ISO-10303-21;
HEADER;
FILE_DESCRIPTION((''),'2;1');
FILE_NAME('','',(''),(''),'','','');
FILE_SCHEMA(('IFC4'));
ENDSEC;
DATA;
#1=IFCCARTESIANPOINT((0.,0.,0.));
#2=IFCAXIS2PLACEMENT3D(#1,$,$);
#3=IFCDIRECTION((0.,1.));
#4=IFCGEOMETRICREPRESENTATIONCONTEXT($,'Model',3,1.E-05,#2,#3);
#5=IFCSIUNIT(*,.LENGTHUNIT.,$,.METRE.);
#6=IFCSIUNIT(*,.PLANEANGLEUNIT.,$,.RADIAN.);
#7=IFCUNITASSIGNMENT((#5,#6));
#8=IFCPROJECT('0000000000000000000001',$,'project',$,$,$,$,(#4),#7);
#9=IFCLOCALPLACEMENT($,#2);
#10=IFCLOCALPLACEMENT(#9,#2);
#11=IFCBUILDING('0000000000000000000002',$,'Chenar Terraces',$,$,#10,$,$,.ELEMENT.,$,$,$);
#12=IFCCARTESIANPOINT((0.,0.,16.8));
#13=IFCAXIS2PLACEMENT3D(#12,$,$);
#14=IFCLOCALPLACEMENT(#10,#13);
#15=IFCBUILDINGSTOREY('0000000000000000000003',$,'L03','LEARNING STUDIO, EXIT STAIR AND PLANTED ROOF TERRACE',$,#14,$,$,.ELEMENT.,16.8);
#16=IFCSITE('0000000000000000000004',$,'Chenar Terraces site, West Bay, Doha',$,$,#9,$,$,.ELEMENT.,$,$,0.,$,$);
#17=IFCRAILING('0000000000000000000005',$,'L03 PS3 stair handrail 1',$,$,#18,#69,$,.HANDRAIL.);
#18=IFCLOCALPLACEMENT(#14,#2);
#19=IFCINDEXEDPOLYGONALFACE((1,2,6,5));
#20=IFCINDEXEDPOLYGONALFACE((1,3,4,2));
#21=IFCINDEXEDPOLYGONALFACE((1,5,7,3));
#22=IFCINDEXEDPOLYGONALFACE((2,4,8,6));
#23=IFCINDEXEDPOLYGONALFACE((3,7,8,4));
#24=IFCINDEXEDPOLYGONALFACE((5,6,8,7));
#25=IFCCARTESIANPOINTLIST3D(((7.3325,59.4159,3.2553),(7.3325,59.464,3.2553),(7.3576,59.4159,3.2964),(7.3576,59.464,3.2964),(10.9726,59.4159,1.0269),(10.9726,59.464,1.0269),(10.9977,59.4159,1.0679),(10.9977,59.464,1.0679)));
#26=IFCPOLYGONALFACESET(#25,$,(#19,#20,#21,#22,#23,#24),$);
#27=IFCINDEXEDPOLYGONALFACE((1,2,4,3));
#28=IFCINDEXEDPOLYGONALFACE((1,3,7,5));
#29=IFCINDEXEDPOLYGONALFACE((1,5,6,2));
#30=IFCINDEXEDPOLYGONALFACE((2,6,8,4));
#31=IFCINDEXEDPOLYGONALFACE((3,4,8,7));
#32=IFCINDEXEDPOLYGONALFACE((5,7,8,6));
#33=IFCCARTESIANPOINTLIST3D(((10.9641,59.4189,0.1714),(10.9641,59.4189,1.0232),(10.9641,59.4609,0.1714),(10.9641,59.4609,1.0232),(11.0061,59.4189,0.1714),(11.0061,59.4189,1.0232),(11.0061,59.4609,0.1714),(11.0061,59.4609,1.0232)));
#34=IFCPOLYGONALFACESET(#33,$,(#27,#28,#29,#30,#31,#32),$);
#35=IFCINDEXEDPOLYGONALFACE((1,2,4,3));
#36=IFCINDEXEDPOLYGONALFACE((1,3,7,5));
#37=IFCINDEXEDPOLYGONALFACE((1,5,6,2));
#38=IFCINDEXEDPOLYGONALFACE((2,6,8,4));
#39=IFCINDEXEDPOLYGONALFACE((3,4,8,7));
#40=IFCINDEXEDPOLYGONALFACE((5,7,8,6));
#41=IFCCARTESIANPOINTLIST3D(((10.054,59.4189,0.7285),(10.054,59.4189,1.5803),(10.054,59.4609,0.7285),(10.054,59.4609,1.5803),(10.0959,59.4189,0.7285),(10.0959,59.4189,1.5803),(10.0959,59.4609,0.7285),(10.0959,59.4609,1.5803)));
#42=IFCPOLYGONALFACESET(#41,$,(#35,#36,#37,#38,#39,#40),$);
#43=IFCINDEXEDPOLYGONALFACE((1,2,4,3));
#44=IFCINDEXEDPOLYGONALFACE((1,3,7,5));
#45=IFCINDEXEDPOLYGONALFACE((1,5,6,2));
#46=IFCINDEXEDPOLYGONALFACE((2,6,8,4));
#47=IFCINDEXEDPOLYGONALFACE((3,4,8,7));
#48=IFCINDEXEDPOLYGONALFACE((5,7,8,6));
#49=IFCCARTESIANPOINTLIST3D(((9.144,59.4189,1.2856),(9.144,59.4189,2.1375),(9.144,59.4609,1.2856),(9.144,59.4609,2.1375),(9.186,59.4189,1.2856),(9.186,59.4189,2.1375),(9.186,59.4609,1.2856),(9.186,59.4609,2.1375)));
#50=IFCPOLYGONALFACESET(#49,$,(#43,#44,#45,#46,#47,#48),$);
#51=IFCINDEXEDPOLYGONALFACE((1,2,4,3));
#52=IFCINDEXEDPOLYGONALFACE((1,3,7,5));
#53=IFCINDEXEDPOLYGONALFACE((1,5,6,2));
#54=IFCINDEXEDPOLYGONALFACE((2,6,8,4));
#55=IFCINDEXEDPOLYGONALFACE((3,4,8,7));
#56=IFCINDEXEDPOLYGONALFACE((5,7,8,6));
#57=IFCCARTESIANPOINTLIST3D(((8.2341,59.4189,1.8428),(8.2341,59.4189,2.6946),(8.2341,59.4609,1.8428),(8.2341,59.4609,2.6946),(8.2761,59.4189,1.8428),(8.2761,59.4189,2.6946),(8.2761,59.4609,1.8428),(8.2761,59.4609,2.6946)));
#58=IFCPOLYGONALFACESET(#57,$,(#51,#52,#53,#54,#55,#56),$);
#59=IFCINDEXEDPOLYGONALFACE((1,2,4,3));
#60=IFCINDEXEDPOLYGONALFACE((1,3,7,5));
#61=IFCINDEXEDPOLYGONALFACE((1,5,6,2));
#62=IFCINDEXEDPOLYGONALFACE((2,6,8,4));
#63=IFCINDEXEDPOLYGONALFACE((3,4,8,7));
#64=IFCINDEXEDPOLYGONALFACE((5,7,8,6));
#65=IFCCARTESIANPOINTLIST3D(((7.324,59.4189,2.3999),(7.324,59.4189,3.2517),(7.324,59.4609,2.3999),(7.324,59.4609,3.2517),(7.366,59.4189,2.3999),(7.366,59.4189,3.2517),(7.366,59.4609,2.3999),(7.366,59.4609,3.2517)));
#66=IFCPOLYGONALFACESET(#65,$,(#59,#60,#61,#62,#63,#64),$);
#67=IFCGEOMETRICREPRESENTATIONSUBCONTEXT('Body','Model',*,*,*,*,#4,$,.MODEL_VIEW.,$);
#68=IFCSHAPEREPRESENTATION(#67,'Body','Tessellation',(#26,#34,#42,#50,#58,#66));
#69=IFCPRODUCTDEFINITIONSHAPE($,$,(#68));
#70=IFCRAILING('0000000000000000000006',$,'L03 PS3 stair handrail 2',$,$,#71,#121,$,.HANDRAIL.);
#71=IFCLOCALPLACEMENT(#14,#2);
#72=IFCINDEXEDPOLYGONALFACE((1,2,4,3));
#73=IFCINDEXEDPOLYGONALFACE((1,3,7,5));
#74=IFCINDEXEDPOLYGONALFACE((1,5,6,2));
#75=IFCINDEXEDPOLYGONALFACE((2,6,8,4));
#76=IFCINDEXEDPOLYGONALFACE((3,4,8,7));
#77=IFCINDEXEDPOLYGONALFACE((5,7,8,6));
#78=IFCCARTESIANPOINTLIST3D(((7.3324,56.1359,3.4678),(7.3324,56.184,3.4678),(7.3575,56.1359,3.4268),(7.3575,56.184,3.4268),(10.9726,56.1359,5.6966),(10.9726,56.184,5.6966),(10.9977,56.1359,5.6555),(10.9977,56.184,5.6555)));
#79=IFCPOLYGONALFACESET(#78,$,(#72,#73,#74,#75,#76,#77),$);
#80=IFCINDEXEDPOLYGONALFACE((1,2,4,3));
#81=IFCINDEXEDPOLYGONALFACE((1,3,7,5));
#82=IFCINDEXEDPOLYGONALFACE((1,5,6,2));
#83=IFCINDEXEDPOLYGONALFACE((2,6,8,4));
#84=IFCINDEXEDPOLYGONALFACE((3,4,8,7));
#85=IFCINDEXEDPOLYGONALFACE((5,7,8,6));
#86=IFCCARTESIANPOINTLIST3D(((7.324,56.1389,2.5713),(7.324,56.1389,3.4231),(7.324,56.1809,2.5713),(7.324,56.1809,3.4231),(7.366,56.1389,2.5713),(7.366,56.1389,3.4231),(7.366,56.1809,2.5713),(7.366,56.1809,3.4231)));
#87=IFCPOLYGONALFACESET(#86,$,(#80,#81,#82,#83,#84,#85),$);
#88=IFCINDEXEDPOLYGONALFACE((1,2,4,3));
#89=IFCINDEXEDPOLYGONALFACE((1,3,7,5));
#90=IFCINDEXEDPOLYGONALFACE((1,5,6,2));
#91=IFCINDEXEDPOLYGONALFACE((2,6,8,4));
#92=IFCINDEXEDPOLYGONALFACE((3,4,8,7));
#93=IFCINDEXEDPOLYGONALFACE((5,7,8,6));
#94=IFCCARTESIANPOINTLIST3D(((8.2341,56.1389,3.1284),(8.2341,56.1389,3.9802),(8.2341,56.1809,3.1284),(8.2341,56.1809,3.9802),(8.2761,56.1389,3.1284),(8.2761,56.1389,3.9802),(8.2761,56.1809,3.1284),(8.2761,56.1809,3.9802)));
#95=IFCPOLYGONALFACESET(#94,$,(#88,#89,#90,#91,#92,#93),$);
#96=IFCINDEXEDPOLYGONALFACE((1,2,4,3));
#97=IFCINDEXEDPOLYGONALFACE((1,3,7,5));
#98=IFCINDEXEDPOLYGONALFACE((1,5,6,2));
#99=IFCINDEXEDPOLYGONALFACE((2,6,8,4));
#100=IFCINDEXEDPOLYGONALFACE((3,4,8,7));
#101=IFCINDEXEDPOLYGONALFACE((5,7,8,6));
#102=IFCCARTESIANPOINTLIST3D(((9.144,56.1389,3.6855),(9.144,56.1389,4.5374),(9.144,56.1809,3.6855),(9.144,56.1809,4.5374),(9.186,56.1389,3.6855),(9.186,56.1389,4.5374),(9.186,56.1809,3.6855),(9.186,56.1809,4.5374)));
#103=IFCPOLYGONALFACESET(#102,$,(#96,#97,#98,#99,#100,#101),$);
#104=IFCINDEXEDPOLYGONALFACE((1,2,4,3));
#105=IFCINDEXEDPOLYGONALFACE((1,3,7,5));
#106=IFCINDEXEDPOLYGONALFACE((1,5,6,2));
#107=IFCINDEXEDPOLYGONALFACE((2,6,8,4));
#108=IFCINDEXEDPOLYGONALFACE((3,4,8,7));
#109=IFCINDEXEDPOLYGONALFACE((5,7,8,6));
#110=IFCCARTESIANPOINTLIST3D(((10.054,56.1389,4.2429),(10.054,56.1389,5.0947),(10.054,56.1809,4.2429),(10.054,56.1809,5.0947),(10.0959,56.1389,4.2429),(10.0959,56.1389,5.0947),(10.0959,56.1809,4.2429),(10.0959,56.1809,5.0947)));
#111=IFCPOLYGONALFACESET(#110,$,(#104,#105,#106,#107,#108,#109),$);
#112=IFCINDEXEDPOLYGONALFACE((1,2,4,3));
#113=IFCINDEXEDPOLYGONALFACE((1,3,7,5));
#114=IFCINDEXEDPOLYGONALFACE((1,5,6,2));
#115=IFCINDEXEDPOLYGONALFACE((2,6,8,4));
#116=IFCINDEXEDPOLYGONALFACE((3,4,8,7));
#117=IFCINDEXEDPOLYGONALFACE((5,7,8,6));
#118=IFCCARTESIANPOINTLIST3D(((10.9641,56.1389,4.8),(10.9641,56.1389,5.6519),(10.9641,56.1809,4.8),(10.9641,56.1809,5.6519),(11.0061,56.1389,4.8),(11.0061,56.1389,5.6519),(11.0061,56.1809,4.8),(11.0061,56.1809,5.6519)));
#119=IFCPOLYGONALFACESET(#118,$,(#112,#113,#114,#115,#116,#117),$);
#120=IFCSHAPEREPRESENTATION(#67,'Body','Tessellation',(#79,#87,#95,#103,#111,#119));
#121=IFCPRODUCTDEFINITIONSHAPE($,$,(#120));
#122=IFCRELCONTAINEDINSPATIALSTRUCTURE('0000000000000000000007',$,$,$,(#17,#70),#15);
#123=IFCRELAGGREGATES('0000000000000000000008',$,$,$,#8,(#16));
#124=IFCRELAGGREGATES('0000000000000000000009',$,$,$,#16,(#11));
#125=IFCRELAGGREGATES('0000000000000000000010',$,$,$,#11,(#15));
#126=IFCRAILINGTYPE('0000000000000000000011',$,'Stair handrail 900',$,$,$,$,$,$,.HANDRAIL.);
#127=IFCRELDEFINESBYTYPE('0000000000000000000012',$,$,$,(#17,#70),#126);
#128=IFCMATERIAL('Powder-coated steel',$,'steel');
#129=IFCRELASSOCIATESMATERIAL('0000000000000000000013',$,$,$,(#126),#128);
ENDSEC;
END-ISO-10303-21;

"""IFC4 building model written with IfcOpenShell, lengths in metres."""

from ifc_helpers import new_model, si_unit, direction, frame, origin, origin_2d, place, context, subcontext, project, spatial, rectangle, extrude, material, type_object, element, save


model = new_model("IFC4")

# Units and contexts
model_context = context("Model", 3, precision=1e-05, world=origin(), true_north=direction((0.0, 1.0)))
body_context = subcontext(model_context, "Body", "Model", "MODEL_VIEW")
ifc_project = project(units=[si_unit("LENGTHUNIT", "METRE"), si_unit("PLANEANGLEUNIT", "RADIAN")], contexts=[model_context])

# Site, building, storey
site_placement = place(None, origin())
site = spatial("IfcSite", under=ifc_project, at=site_placement, Name="Chenar Terraces site, West Bay, Doha", CompositionType="ELEMENT", RefElevation=0.0)
building_placement = place(site_placement, origin())
building = spatial("IfcBuilding", under=site, at=building_placement, Name="Chenar Terraces", CompositionType="ELEMENT")
storey_placement = place(building_placement, frame((0.0, 0.0, 16.8)))
storey = spatial("IfcBuildingStorey", under=building, at=storey_placement, Name="L03", Description="LEARNING STUDIO, EXIT STAIR AND PLANTED ROOF TERRACE", CompositionType="ELEMENT", Elevation=16.8)

# Railings
ifc_material_1 = material(Name="Powder-coated steel", Category="steel")
railing_type_1 = type_object("IfcRailingType", Name="Stair handrail 900", PredefinedType="HANDRAIL", material=ifc_material_1)
railing_1_placement = place(storey_placement, frame((10.9851, 59.4399, 0.1714)))
element("IfcRailing", 1, at=railing_1_placement, inside=storey, type_object=railing_type_1, Name="L03 PS3 stair handrail 1", PredefinedType="HANDRAIL", context=body_context, shape_type="SweptSolid", body=[
    extrude(rectangle(XDim=0.0481, YDim=0.0481, at=origin_2d()), frame((0.0, 0.0, 0.876), z_axis=(-0.852866, 0.0, 0.52213), x_axis=(0.0, -1.0, 0.0)), (0.0, 0.0, 1.0), 4.2681),
    extrude(rectangle(XDim=0.042, YDim=0.042, at=origin_2d()), origin(), (0.0, 0.0, 1.0), 0.8518),
    extrude(rectangle(XDim=0.042, YDim=0.042, at=origin_2d()), frame((-0.9102, 0.0, 0.5571)), (0.0, 0.0, 1.0), 0.8518),
    extrude(rectangle(XDim=0.042, YDim=0.042, at=origin_2d()), frame((-1.8201, 0.0, 1.1143)), (0.0, 0.0, 1.0), 0.8518),
    extrude(rectangle(XDim=0.042, YDim=0.042, at=origin_2d()), frame((-2.73, 0.0, 1.6714)), (0.0, 0.0, 1.0), 0.8518),
    extrude(rectangle(XDim=0.042, YDim=0.042, at=origin_2d()), frame((-3.6401, 0.0, 2.2285)), (0.0, 0.0, 1.0), 0.8518),
])
railing_2_placement = place(storey_placement, frame((7.345, 56.1599, 2.5713)))
element("IfcRailing", 2, at=railing_2_placement, inside=storey, type_object=railing_type_1, Name="L03 PS3 stair handrail 2", PredefinedType="HANDRAIL", context=body_context, shape_type="SweptSolid", body=[
    extrude(rectangle(XDim=0.0481, YDim=0.0481, at=origin_2d()), frame((0.0, 0.0, 0.876), z_axis=(0.85284, 0.0, 0.522172), x_axis=(0.0, 1.0, 0.0)), (0.0, 0.0, 1.0), 4.2683),
    extrude(rectangle(XDim=0.042, YDim=0.042, at=origin_2d()), origin(), (0.0, 0.0, 1.0), 0.8518),
    extrude(rectangle(XDim=0.042, YDim=0.042, at=origin_2d()), frame((0.9102, 0.0, 0.5571)), (0.0, 0.0, 1.0), 0.8518),
    extrude(rectangle(XDim=0.042, YDim=0.042, at=origin_2d()), frame((1.8201, 0.0, 1.1143)), (0.0, 0.0, 1.0), 0.8518),
    extrude(rectangle(XDim=0.042, YDim=0.042, at=origin_2d()), frame((2.73, 0.0, 1.6716)), (0.0, 0.0, 1.0), 0.8518),
    extrude(rectangle(XDim=0.042, YDim=0.042, at=origin_2d()), frame((3.6401, 0.0, 2.2288)), (0.0, 0.0, 1.0), 0.8518),
])

save(model, "model.ifc")
